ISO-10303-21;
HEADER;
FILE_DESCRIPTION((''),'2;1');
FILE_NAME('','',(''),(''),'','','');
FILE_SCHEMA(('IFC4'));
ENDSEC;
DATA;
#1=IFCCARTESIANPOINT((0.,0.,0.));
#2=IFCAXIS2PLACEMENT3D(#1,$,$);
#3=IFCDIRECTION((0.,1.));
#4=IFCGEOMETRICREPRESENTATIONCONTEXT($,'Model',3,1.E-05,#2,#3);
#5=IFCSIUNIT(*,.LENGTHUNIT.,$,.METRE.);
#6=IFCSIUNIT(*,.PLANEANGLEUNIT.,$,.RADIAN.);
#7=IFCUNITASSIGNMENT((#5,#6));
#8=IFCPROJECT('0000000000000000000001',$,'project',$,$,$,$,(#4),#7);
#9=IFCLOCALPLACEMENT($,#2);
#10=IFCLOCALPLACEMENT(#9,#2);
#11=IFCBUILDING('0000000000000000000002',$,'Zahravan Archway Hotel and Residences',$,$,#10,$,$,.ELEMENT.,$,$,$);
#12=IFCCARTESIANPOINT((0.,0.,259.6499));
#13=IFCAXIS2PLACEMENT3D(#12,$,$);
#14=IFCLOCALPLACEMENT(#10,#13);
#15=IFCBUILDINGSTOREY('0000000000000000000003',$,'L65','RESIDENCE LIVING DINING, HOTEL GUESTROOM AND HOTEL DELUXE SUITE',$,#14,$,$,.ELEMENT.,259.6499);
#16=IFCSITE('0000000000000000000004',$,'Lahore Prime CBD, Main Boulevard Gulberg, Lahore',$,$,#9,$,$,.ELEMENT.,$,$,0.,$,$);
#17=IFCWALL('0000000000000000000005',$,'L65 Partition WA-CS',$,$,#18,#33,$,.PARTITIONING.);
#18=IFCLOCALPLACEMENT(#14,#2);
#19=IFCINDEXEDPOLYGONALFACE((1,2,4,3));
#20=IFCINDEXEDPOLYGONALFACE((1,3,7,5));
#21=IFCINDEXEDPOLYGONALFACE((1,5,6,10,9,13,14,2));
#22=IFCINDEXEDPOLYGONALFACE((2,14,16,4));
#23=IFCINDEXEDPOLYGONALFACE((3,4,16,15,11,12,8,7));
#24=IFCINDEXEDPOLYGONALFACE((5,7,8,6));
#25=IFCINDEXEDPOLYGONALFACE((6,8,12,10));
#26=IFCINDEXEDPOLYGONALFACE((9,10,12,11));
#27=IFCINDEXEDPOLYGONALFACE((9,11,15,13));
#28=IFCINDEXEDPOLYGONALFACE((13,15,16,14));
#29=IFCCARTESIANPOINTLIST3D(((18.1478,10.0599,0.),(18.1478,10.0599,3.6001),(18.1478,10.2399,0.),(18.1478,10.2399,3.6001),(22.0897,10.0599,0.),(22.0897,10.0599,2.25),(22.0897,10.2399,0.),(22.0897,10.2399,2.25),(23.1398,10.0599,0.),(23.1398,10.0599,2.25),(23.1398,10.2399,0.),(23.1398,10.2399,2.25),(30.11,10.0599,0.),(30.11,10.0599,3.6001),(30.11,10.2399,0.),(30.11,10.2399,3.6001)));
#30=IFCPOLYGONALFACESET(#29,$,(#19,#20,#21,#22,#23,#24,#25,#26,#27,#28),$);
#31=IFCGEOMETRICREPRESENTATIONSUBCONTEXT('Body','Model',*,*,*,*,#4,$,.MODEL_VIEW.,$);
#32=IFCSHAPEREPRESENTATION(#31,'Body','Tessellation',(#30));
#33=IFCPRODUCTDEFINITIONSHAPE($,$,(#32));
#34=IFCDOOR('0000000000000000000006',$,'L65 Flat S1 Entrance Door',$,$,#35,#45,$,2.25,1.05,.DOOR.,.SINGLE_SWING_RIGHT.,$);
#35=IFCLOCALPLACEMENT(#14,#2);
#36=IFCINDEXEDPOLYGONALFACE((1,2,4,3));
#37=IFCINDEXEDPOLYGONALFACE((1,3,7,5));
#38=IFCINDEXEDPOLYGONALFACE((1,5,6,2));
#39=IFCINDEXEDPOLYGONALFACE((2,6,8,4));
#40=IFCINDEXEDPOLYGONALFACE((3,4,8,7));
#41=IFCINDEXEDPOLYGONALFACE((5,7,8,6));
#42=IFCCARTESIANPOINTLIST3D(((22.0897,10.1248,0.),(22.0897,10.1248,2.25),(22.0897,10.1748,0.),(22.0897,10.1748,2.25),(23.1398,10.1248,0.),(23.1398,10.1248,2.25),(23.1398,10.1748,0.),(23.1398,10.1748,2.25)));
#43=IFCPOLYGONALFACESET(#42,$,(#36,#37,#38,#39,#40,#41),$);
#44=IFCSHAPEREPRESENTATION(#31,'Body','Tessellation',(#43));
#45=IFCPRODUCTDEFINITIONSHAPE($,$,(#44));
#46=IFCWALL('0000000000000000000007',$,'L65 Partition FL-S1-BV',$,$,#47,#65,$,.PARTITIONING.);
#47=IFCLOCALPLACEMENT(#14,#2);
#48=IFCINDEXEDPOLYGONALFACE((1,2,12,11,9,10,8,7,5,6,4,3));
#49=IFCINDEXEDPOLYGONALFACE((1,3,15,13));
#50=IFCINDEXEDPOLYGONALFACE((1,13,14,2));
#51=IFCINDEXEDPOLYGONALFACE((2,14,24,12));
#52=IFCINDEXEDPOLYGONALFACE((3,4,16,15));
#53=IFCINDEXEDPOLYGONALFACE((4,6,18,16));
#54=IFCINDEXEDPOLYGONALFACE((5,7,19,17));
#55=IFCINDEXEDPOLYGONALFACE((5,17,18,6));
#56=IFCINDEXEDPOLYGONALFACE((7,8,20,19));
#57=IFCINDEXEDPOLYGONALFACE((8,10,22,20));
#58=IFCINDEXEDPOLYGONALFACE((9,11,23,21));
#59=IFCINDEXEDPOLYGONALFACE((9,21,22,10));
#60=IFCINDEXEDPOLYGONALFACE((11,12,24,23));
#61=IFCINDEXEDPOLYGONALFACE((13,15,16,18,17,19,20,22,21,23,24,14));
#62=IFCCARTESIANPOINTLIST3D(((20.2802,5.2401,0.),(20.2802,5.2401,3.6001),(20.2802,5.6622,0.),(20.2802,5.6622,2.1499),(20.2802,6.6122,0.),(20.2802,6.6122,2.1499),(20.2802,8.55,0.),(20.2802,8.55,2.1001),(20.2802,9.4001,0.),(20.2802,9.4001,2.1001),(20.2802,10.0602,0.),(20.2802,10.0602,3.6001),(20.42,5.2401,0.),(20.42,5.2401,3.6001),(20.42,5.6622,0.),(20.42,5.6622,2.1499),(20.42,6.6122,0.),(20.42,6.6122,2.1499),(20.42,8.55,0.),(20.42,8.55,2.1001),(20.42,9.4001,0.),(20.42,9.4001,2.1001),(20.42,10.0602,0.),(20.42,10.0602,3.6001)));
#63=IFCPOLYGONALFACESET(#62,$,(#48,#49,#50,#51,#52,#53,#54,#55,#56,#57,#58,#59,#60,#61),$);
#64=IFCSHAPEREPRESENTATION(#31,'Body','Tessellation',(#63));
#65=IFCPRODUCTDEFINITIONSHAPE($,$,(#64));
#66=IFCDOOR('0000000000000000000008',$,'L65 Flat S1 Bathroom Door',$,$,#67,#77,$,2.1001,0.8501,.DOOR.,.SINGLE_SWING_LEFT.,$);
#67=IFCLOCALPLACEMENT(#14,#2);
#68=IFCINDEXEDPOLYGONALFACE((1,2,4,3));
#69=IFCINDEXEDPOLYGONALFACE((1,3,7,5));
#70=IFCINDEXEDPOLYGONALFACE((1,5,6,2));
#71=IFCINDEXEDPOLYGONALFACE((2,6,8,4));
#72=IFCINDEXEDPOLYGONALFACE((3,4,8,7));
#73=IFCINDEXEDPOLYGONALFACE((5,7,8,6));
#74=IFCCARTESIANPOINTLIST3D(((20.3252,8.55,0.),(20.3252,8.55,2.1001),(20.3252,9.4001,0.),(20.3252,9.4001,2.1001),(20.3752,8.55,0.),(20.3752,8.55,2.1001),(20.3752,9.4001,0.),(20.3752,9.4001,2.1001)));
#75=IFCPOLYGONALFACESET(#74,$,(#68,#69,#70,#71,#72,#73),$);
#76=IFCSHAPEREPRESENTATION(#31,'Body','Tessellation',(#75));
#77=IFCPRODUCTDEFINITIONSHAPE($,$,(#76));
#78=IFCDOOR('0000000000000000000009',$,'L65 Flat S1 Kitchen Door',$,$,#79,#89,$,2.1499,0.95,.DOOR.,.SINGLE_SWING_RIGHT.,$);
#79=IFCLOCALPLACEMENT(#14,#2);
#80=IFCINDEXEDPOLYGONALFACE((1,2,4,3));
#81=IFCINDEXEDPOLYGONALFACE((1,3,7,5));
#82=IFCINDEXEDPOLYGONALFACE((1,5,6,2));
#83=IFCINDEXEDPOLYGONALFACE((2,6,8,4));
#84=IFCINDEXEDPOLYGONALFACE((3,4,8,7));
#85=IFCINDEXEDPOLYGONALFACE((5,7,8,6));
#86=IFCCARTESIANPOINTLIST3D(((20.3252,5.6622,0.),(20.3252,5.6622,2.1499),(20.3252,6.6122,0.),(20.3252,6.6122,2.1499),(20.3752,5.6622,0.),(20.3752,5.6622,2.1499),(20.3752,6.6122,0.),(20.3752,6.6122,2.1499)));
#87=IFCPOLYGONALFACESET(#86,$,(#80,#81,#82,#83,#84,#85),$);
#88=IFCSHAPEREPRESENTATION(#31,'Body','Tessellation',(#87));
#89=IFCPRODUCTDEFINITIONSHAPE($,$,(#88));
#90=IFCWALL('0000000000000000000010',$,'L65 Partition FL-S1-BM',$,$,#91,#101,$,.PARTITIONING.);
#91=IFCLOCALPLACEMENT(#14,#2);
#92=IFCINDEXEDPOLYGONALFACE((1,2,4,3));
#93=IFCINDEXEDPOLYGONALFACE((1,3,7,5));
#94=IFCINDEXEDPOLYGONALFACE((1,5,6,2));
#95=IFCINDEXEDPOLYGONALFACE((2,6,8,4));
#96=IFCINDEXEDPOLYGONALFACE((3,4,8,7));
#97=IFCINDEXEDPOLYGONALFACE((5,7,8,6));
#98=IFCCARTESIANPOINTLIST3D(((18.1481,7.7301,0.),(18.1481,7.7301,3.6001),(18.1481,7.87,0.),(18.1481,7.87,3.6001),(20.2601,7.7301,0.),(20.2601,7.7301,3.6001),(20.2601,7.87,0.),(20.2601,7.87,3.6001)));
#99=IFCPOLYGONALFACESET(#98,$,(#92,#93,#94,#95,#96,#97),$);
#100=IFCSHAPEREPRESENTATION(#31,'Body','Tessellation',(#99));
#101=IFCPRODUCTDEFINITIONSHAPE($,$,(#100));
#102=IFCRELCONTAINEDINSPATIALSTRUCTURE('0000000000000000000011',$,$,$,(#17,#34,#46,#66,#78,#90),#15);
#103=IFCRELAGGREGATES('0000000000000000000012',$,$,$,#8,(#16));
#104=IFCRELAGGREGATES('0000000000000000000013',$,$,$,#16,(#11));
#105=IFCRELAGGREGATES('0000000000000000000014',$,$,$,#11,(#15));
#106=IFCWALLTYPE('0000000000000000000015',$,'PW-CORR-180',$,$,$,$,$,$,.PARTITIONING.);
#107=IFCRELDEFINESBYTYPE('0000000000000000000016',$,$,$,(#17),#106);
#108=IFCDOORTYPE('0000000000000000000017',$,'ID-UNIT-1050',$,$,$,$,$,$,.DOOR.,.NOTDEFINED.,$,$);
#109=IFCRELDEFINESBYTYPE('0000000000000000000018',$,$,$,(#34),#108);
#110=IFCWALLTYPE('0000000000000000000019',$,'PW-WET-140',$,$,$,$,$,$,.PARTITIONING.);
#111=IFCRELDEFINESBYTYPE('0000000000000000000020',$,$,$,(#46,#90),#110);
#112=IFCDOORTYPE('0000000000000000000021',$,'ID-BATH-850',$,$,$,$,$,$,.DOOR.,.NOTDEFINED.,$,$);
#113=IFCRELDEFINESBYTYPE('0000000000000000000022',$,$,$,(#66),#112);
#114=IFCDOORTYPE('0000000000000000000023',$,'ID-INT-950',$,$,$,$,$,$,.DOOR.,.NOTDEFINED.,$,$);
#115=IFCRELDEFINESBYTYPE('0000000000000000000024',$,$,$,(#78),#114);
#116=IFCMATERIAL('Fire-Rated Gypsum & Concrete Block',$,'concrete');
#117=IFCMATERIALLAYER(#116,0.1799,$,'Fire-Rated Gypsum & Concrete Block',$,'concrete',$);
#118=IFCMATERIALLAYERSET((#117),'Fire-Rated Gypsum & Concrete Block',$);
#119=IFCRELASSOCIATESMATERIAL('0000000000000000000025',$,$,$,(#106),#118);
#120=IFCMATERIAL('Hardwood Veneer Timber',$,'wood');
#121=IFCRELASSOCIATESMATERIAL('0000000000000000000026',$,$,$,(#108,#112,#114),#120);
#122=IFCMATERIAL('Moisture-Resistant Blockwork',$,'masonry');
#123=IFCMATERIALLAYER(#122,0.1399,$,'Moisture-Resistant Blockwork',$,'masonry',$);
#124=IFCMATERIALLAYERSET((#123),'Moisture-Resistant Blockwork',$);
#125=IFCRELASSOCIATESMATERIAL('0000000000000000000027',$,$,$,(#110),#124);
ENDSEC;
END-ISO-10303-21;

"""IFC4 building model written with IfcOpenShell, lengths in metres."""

from ifc_helpers import new_model, si_unit, direction, frame, frame_2d, origin, place, context, subcontext, project, spatial, rectangle, extrude, source, transform, mapped, material, layer, layer_set, type_object, type_shapes, element, fill, save


model = new_model("IFC4")

# Units and contexts
model_context = context("Model", 3, precision=1e-05, world=origin(), true_north=direction((0.0, 1.0)))
body_context = subcontext(model_context, "Body", "Model", "MODEL_VIEW")
ifc_project = project(units=[si_unit("LENGTHUNIT", "METRE"), si_unit("PLANEANGLEUNIT", "RADIAN")], contexts=[model_context])

# Site, building, storey
site_placement = place(None, origin())
site = spatial("IfcSite", under=ifc_project, at=site_placement, Name="Lahore Prime CBD, Main Boulevard Gulberg, Lahore", CompositionType="ELEMENT", RefElevation=0.0)
building_placement = place(site_placement, origin())
building = spatial("IfcBuilding", under=site, at=building_placement, Name="Zahravan Archway Hotel and Residences", CompositionType="ELEMENT")
storey_placement = place(building_placement, frame((0.0, 0.0, 259.6499)))
storey = spatial("IfcBuildingStorey", under=building, at=storey_placement, Name="L65", Description="RESIDENCE LIVING DINING, HOTEL GUESTROOM AND HOTEL DELUXE SUITE", CompositionType="ELEMENT", Elevation=259.6499)

# Wall, opening, door
ifc_material_1 = material(Name="Fire-Rated Gypsum & Concrete Block", Category="concrete")
ifc_layer_1 = layer(ifc_material_1, 0.1799, Name="Fire-Rated Gypsum & Concrete Block", Category="concrete")
ifc_layer_set_1 = layer_set([ifc_layer_1], Name="Fire-Rated Gypsum & Concrete Block")
wall_type_1 = type_object("IfcWallType", Name="PW-CORR-180", PredefinedType="PARTITIONING", material=ifc_layer_set_1)
wall_1_placement = place(storey_placement, frame((18.1479, 10.1499, 0.0), z_axis=(0.0, 0.0, 1.0), x_axis=(1.0, 0.0, 0.0)))
wall_1 = element("IfcWall", 1, at=wall_1_placement, inside=storey, type_object=wall_type_1, Name="L65 Partition WA-CS", PredefinedType="PARTITIONING", context=body_context, shape_type="SweptSolid", body=[
    extrude(rectangle(XDim=11.9622, YDim=0.1799, at=frame_2d((5.981, 0.0))), origin(), (0.0, 0.0, 1.0), 3.6001),
])
opening_1_placement = place(wall_1_placement, frame((3.9419, 0.0, 0.0)))
opening_1 = element("IfcOpeningElement", 2, at=opening_1_placement, cuts=wall_1, PredefinedType="OPENING", context=body_context, shape_type="SweptSolid", body=[
    extrude(rectangle(XDim=1.05, YDim=2.25, at=frame_2d((0.5249, 1.125))), frame((0.0, 0.1001, 0.0), z_axis=(0.0, -1.0, 0.0), x_axis=(1.0, 0.0, 0.0)), (0.0, 0.0, 1.0), 0.2),
])
ifc_material_2 = material(Name="Hardwood Veneer Timber", Category="wood")
door_type_1 = type_object("IfcDoorType", Name="ID-UNIT-1050", OperationType="NOTDEFINED", PredefinedType="DOOR", material=ifc_material_2)
shared_shape_1 = source(origin(), body_context, "Body", "SweptSolid", [
    extrude(rectangle(XDim=1.05, YDim=2.25, at=frame_2d((0.5249, 1.125))), frame((0.0, 0.0249, 0.0), z_axis=(0.0, -1.0, 0.0), x_axis=(1.0, 0.0, 0.0)), (0.0, 0.0, 1.0), 0.05),
])
type_shapes(door_type_1, [shared_shape_1])
door_1_placement = place(opening_1_placement, origin())
door_1 = element("IfcDoor", 3, at=door_1_placement, inside=storey, type_object=door_type_1, Name="L65 Flat S1 Entrance Door", OperationType="SINGLE_SWING_RIGHT", OverallHeight=2.25, OverallWidth=1.05, PredefinedType="DOOR", context=body_context, shape_type="MappedRepresentation", body=[
    mapped(shared_shape_1, transform((0.0, 0.0, 0.0), scale=1.0)),
])
fill(opening_1, door_1)

# Wall, openings, doors
ifc_material_3 = material(Name="Moisture-Resistant Blockwork", Category="masonry")
ifc_layer_2 = layer(ifc_material_3, 0.1399, Name="Moisture-Resistant Blockwork", Category="masonry")
ifc_layer_set_2 = layer_set([ifc_layer_2], Name="Moisture-Resistant Blockwork")
wall_type_2 = type_object("IfcWallType", Name="PW-WET-140", PredefinedType="PARTITIONING", material=ifc_layer_set_2)
wall_2_placement = place(storey_placement, frame((20.3501, 5.24, 0.0), z_axis=(0.0, 0.0, 1.0), x_axis=(0.0, 1.0, 0.0)))
wall_2 = element("IfcWall", 4, at=wall_2_placement, inside=storey, type_object=wall_type_2, Name="L65 Partition FL-S1-BV", PredefinedType="PARTITIONING", context=body_context, shape_type="SweptSolid", body=[
    extrude(rectangle(XDim=4.8201, YDim=0.1399, at=frame_2d((2.4102, 0.0))), origin(), (0.0, 0.0, 1.0), 3.6001),
])
opening_2_placement = place(wall_2_placement, frame((0.4221, 0.0, 0.0)))
opening_2 = element("IfcOpeningElement", 5, at=opening_2_placement, cuts=wall_2, PredefinedType="OPENING", context=body_context, shape_type="SweptSolid", body=[
    extrude(rectangle(XDim=0.95, YDim=2.1499, at=frame_2d((0.4751, 1.075))), frame((0.0, 0.0801, 0.0), z_axis=(0.0, -1.0, 0.0), x_axis=(1.0, 0.0, 0.0)), (0.0, 0.0, 1.0), 0.1599),
])
opening_3_placement = place(wall_2_placement, frame((3.3101, 0.0, 0.0)))
opening_3 = element("IfcOpeningElement", 6, at=opening_3_placement, cuts=wall_2, PredefinedType="OPENING", context=body_context, shape_type="SweptSolid", body=[
    extrude(rectangle(XDim=0.8501, YDim=2.1001, at=frame_2d((0.425, 1.05))), frame((0.0, 0.0801, 0.0), z_axis=(0.0, -1.0, 0.0), x_axis=(1.0, 0.0, 0.0)), (0.0, 0.0, 1.0), 0.1599),
])
door_type_2 = type_object("IfcDoorType", Name="ID-BATH-850", OperationType="NOTDEFINED", PredefinedType="DOOR", material=ifc_material_2)
shared_shape_2 = source(origin(), body_context, "Body", "SweptSolid", [
    extrude(rectangle(XDim=0.8501, YDim=2.1001, at=frame_2d((0.425, 1.05))), frame((0.0, 0.0249, 0.0), z_axis=(0.0, -1.0, 0.0), x_axis=(1.0, 0.0, 0.0)), (0.0, 0.0, 1.0), 0.05),
])
type_shapes(door_type_2, [shared_shape_2])
door_2_placement = place(opening_3_placement, origin())
door_2 = element("IfcDoor", 7, at=door_2_placement, inside=storey, type_object=door_type_2, Name="L65 Flat S1 Bathroom Door", OperationType="SINGLE_SWING_LEFT", OverallHeight=2.1001, OverallWidth=0.8501, PredefinedType="DOOR", context=body_context, shape_type="MappedRepresentation", body=[
    mapped(shared_shape_2, transform((0.0, 0.0, 0.0), scale=1.0)),
])
fill(opening_3, door_2)
door_type_3 = type_object("IfcDoorType", Name="ID-INT-950", OperationType="NOTDEFINED", PredefinedType="DOOR", material=ifc_material_2)
shared_shape_3 = source(origin(), body_context, "Body", "SweptSolid", [
    extrude(rectangle(XDim=0.95, YDim=2.1499, at=frame_2d((0.4751, 1.075))), frame((0.0, 0.0249, 0.0), z_axis=(0.0, -1.0, 0.0), x_axis=(1.0, 0.0, 0.0)), (0.0, 0.0, 1.0), 0.05),
])
type_shapes(door_type_3, [shared_shape_3])
door_3_placement = place(opening_2_placement, origin())
door_3 = element("IfcDoor", 8, at=door_3_placement, inside=storey, type_object=door_type_3, Name="L65 Flat S1 Kitchen Door", OperationType="SINGLE_SWING_RIGHT", OverallHeight=2.1499, OverallWidth=0.95, PredefinedType="DOOR", context=body_context, shape_type="MappedRepresentation", body=[
    mapped(shared_shape_3, transform((0.0, 0.0, 0.0), scale=1.0)),
])
fill(opening_2, door_3)

# Wall
wall_3_placement = place(storey_placement, frame((18.1479, 7.8, 0.0), z_axis=(0.0, 0.0, 1.0), x_axis=(1.0, 0.0, 0.0)))
element("IfcWall", 9, at=wall_3_placement, inside=storey, type_object=wall_type_2, Name="L65 Partition FL-S1-BM", PredefinedType="PARTITIONING", context=body_context, shape_type="SweptSolid", body=[
    extrude(rectangle(XDim=2.1121, YDim=0.1399, at=frame_2d((1.0562, 0.0))), origin(), (0.0, 0.0, 1.0), 3.6001),
])

save(model, "model.ifc")
